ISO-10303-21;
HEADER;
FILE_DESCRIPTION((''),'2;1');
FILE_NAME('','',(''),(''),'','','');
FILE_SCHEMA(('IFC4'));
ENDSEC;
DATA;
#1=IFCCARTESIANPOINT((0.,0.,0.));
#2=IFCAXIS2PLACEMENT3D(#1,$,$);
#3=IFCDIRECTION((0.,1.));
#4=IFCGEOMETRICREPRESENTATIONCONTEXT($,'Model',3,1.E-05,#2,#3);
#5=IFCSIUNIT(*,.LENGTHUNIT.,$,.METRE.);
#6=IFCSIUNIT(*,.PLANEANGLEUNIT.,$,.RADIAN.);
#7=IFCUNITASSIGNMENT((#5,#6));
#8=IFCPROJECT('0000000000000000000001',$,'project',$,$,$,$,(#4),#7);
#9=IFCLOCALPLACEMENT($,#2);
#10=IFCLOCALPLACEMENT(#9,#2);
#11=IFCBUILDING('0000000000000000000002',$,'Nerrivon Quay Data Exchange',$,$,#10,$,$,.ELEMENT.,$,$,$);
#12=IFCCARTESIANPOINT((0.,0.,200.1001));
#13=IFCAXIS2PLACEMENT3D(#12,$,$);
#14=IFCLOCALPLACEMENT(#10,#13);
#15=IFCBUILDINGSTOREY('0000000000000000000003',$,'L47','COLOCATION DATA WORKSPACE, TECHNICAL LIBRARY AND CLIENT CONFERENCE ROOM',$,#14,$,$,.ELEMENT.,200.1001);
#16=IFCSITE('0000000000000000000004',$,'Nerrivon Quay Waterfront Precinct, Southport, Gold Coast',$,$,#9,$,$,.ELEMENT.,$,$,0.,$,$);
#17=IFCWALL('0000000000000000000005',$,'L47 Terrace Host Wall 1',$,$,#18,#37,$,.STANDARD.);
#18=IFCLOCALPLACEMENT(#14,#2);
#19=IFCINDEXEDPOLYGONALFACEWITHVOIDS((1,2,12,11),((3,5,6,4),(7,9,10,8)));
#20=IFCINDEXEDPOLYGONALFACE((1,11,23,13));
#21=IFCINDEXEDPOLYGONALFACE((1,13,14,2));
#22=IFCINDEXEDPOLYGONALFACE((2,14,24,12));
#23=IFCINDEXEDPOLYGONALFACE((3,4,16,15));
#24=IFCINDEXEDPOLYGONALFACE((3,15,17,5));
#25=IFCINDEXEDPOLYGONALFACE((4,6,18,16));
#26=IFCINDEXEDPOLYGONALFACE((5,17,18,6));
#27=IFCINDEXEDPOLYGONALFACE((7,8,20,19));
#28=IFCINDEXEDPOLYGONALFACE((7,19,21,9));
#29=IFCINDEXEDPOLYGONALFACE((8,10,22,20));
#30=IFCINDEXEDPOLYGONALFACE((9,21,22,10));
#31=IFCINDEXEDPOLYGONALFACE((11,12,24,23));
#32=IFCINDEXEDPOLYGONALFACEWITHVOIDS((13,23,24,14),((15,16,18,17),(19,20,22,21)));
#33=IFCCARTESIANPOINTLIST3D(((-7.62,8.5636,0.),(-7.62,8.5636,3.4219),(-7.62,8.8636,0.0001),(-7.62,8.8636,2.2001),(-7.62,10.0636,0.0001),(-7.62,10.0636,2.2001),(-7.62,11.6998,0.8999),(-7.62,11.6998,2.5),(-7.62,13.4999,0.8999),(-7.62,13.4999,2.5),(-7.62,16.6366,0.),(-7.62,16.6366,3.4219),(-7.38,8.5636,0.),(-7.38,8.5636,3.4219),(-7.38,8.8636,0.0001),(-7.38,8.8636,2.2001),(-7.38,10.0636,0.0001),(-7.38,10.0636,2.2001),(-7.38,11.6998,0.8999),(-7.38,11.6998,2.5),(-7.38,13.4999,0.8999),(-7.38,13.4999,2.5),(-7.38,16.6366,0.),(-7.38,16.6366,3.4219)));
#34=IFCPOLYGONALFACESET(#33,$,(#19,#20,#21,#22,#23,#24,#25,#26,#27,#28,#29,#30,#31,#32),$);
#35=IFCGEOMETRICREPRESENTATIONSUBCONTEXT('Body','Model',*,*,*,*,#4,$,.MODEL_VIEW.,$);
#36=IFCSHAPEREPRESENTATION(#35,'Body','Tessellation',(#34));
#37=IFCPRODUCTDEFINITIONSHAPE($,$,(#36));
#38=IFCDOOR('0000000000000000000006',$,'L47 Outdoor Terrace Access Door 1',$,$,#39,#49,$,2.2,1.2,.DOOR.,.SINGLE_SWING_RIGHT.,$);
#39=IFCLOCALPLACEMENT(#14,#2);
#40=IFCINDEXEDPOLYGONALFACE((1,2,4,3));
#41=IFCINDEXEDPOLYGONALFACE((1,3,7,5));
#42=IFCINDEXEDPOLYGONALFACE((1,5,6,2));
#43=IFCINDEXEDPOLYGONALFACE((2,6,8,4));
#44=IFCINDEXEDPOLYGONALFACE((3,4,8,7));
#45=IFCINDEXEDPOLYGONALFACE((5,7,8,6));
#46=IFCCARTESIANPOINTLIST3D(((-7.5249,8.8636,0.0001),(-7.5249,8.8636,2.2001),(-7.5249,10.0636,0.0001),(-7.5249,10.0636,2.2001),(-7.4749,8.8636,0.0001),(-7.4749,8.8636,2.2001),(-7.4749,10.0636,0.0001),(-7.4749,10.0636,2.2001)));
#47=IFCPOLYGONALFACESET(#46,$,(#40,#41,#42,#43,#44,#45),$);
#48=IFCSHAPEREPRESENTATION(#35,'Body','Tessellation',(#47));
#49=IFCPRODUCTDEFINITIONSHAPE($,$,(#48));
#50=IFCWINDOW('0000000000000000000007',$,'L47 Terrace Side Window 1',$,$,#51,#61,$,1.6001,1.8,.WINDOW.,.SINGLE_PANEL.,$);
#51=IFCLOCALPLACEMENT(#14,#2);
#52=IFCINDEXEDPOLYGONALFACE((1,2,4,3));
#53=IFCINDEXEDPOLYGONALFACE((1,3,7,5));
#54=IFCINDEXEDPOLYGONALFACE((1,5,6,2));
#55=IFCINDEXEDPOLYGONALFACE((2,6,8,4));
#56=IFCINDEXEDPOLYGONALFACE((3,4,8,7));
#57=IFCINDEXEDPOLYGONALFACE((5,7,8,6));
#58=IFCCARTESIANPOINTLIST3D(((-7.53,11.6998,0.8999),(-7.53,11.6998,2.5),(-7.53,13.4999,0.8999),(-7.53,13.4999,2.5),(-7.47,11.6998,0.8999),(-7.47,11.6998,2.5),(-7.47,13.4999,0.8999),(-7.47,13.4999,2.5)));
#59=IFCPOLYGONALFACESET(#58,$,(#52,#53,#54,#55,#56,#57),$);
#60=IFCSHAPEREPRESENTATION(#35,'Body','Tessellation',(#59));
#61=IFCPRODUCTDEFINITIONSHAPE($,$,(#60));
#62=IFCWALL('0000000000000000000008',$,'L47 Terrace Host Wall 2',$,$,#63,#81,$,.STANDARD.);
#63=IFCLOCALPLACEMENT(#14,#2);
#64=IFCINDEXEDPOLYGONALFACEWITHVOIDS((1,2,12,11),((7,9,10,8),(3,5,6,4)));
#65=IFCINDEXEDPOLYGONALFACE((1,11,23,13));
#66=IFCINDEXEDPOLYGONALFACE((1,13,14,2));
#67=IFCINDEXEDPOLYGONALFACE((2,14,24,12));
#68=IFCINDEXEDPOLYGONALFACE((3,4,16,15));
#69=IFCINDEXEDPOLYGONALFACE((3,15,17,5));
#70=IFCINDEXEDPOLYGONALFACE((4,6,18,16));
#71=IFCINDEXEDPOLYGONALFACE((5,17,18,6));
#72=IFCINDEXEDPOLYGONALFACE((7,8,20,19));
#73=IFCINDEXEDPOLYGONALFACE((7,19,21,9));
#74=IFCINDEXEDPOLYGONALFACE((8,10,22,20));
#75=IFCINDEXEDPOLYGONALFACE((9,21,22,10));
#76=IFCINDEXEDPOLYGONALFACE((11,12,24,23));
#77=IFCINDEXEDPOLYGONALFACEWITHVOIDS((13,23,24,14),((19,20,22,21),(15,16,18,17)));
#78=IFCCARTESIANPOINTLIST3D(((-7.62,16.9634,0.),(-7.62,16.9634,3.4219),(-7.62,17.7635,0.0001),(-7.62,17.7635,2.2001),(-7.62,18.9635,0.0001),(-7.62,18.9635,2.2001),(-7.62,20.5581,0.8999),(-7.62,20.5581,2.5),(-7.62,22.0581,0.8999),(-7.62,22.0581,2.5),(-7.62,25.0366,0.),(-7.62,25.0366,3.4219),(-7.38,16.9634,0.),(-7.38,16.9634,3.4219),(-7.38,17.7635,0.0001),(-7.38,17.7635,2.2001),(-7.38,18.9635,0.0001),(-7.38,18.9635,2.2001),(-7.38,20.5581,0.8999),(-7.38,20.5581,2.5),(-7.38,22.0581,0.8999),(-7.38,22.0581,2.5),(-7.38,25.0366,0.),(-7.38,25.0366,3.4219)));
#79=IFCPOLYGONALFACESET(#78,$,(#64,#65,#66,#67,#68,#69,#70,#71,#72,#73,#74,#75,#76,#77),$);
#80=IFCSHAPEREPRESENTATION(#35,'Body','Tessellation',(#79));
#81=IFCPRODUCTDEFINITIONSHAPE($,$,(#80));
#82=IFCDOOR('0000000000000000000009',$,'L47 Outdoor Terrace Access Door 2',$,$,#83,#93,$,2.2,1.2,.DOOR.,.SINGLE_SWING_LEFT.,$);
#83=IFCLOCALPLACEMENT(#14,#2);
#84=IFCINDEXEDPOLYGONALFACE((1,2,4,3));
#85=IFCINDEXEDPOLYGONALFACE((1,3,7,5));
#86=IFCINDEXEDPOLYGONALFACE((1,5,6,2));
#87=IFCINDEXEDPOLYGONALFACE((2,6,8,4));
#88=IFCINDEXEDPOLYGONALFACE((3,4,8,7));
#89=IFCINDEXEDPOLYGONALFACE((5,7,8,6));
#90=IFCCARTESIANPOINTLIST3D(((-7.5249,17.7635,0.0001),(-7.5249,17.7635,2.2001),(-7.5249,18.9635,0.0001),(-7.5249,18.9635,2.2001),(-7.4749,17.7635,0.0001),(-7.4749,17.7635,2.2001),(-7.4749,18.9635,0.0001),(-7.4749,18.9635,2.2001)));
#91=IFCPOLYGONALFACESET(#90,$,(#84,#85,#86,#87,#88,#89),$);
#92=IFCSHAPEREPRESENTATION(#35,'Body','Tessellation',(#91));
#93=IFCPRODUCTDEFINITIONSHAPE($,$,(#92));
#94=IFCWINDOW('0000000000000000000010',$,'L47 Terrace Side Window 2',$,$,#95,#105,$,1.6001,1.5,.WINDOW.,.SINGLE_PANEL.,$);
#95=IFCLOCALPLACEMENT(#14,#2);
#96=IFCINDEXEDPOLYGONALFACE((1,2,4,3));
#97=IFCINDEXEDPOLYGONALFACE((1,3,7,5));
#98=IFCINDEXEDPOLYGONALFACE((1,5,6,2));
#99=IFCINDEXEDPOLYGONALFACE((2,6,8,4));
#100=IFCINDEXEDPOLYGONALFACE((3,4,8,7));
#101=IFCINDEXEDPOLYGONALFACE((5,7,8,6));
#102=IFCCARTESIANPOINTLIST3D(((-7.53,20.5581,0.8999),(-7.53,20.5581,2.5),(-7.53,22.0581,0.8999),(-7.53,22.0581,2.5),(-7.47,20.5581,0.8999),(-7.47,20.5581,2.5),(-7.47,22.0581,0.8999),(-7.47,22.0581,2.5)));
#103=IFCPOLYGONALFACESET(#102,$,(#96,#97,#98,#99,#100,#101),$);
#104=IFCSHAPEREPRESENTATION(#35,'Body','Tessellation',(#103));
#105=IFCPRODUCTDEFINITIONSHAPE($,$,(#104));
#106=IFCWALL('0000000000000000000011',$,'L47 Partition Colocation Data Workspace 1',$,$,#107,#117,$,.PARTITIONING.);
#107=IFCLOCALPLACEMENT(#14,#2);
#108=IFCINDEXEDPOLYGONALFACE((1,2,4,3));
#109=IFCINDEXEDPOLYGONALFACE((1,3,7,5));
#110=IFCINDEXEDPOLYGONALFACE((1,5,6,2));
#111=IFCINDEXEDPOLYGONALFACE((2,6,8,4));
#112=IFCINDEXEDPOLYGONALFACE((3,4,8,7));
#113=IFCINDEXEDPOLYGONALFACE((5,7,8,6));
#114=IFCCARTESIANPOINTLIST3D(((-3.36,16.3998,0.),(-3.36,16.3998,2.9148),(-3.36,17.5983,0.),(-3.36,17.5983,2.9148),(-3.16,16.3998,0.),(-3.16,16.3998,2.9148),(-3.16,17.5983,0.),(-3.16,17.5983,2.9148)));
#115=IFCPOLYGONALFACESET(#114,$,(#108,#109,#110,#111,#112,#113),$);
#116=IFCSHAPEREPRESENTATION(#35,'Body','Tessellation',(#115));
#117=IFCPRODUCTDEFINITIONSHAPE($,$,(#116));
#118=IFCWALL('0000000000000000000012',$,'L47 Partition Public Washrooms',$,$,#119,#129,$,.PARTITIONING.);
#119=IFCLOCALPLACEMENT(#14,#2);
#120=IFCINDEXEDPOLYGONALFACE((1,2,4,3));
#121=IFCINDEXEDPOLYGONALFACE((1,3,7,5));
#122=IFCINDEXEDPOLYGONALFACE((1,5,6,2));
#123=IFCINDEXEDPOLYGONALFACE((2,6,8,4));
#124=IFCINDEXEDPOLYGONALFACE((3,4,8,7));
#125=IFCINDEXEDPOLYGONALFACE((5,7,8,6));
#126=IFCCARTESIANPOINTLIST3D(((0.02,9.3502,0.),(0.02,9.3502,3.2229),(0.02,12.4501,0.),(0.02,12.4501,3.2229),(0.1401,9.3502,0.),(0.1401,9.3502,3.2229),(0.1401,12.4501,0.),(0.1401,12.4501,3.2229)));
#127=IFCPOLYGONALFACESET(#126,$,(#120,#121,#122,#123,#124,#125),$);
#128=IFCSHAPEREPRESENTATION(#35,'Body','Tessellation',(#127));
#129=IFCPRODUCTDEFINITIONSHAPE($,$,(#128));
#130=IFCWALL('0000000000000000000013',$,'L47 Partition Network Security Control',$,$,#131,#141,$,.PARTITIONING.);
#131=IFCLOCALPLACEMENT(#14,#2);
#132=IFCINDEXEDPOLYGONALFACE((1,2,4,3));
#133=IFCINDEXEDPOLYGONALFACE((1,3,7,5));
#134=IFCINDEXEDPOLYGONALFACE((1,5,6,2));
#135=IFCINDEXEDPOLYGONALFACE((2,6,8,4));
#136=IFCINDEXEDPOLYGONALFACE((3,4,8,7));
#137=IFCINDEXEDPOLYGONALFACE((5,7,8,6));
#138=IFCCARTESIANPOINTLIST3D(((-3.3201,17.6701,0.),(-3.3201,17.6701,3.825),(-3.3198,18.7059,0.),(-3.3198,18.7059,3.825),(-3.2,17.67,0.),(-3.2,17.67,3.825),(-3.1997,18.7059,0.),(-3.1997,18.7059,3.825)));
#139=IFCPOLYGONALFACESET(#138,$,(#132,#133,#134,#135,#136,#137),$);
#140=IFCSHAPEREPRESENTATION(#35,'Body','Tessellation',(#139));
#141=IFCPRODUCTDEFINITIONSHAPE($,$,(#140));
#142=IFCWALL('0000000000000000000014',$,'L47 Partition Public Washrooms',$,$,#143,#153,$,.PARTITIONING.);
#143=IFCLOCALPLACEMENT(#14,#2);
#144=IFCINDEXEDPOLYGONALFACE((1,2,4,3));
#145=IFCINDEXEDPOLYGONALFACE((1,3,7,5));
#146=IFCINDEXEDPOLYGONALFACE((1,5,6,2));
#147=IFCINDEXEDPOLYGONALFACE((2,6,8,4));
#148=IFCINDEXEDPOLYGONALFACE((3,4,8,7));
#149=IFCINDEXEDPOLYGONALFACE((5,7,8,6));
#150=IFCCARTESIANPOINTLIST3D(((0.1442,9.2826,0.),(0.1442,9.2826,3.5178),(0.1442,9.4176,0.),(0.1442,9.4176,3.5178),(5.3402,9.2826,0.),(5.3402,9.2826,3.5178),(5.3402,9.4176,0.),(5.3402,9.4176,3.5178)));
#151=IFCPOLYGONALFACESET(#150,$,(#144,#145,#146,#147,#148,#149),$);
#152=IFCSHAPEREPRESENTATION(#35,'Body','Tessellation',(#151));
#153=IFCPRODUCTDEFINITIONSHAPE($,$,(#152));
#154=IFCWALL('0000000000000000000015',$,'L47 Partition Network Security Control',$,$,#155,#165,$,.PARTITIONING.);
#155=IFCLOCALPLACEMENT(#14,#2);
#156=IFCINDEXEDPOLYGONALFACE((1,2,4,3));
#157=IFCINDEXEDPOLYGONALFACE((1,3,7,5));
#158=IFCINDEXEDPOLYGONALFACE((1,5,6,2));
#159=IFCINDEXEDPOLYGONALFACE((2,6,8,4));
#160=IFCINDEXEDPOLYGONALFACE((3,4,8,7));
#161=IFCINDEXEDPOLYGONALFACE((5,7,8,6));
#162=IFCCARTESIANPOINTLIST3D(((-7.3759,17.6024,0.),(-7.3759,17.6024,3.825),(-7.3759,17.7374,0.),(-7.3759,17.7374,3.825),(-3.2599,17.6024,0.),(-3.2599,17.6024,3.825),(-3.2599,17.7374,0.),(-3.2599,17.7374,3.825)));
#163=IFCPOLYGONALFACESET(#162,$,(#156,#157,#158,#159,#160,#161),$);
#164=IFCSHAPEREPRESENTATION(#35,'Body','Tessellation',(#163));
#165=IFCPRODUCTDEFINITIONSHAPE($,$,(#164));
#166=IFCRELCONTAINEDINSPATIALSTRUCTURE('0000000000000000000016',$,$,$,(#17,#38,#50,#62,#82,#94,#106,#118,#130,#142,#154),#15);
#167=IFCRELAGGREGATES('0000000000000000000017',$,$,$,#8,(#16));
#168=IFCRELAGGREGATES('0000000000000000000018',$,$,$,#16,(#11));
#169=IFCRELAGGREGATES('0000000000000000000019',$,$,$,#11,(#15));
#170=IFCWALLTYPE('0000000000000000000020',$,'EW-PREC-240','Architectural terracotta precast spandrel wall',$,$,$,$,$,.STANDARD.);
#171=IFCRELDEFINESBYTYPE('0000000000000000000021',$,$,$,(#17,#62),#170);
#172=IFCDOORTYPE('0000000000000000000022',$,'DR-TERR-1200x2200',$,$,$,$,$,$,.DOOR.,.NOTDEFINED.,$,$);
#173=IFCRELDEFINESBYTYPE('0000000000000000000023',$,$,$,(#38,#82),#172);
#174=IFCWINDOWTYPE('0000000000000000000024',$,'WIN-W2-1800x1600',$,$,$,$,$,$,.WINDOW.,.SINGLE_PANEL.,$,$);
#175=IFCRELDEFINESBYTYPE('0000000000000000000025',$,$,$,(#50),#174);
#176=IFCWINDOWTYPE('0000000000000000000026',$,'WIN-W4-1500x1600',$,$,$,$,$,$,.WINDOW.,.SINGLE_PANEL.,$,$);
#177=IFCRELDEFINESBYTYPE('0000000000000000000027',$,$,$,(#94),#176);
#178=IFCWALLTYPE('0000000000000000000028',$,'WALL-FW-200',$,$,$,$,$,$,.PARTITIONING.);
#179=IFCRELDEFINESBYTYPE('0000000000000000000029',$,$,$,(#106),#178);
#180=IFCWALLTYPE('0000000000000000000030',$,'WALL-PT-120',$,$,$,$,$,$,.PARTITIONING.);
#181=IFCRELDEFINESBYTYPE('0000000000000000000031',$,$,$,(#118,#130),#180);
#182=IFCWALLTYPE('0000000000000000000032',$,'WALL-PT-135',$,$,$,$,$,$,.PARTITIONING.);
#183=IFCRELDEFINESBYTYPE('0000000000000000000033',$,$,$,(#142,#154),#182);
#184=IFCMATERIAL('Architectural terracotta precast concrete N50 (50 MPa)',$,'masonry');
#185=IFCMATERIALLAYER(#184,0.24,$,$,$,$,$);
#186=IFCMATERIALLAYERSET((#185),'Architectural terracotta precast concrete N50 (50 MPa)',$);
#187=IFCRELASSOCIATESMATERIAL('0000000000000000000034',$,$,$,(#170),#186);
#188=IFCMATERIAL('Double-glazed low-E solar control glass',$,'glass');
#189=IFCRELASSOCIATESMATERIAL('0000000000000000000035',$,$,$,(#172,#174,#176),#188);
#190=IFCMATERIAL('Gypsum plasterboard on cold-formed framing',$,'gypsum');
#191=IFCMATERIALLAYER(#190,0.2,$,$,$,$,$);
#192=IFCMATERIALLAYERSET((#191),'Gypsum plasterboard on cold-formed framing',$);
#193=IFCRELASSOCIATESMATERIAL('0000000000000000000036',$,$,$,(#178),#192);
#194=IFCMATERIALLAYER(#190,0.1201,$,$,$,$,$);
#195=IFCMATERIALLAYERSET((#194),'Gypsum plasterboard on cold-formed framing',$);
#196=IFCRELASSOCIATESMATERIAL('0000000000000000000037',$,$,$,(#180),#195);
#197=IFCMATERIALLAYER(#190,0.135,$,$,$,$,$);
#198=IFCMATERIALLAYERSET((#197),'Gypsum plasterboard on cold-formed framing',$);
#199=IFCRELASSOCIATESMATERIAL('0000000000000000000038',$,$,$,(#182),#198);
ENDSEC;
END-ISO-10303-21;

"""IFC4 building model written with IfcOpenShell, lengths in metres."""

from ifc_helpers import new_model, si_unit, direction, frame, frame_2d, origin, place, context, subcontext, project, spatial, rectangle, extrude, material, layer, layer_set, type_object, element, fill, save


model = new_model("IFC4")

# Units and contexts
model_context = context("Model", 3, precision=1e-05, world=origin(), true_north=direction((0.0, 1.0)))
body_context = subcontext(model_context, "Body", "Model", "MODEL_VIEW")
ifc_project = project(units=[si_unit("LENGTHUNIT", "METRE"), si_unit("PLANEANGLEUNIT", "RADIAN")], contexts=[model_context])

# Site, building, storey
site_placement = place(None, origin())
site = spatial("IfcSite", under=ifc_project, at=site_placement, Name="Nerrivon Quay Waterfront Precinct, Southport, Gold Coast", CompositionType="ELEMENT", RefElevation=0.0)
building_placement = place(site_placement, origin())
building = spatial("IfcBuilding", under=site, at=building_placement, Name="Nerrivon Quay Data Exchange", CompositionType="ELEMENT")
storey_placement = place(building_placement, frame((0.0, 0.0, 200.1001)))
storey = spatial("IfcBuildingStorey", under=building, at=storey_placement, Name="L47", Description="COLOCATION DATA WORKSPACE, TECHNICAL LIBRARY AND CLIENT CONFERENCE ROOM", CompositionType="ELEMENT", Elevation=200.1001)

# Walls, openings, doors, windows
ifc_material_1 = material(Name="Architectural terracotta precast concrete N50 (50 MPa)", Category="masonry")
ifc_layer_1 = layer(ifc_material_1, 0.24)
ifc_layer_set_1 = layer_set([ifc_layer_1], Name="Architectural terracotta precast concrete N50 (50 MPa)")
wall_type_1 = type_object("IfcWallType", Name="EW-PREC-240", Description="Architectural terracotta precast spandrel wall", PredefinedType="STANDARD", material=ifc_layer_set_1)
wall_1_placement = place(storey_placement, frame((-7.5, 8.5635, 0.0), z_axis=(0.0, 0.0, 1.0), x_axis=(0.0, 1.0, 0.0)))
wall_1 = element("IfcWall", 1, at=wall_1_placement, inside=storey, type_object=wall_type_1, Name="L47 Terrace Host Wall 1", PredefinedType="STANDARD", context=body_context, shape_type="SweptSolid", body=[
    extrude(rectangle(XDim=8.073, YDim=0.24, at=frame_2d((4.0366, 0.0))), origin(), (0.0, 0.0, 1.0), 3.4219),
])
opening_1_placement = place(wall_1_placement, frame((0.3, 0.0, 0.0)))
opening_1 = element("IfcOpeningElement", 2, at=opening_1_placement, cuts=wall_1, PredefinedType="OPENING", context=body_context, shape_type="SweptSolid", body=[
    extrude(rectangle(XDim=1.2, YDim=2.2, at=frame_2d((0.6001, 1.1001))), frame((0.0, 0.1299, 0.0), z_axis=(0.0, -1.0, 0.0), x_axis=(1.0, 0.0, 0.0)), (0.0, 0.0, 1.0), 0.26),
])
opening_2_placement = place(wall_1_placement, frame((3.1365, 0.0, 0.8999)))
opening_2 = element("IfcOpeningElement", 3, at=opening_2_placement, cuts=wall_1, PredefinedType="OPENING", context=body_context, shape_type="SweptSolid", body=[
    extrude(rectangle(XDim=1.8, YDim=1.6001, at=frame_2d((0.8999, 0.8))), frame((0.0, 0.1299, 0.0), z_axis=(0.0, -1.0, 0.0), x_axis=(1.0, 0.0, 0.0)), (0.0, 0.0, 1.0), 0.26),
])
ifc_material_2 = material(Name="Double-glazed low-E solar control glass", Category="glass")
door_type = type_object("IfcDoorType", Name="DR-TERR-1200x2200", OperationType="NOTDEFINED", PredefinedType="DOOR", material=ifc_material_2)
door_1_placement = place(opening_1_placement, origin())
door_1 = element("IfcDoor", 4, at=door_1_placement, inside=storey, type_object=door_type, Name="L47 Outdoor Terrace Access Door 1", OperationType="SINGLE_SWING_RIGHT", OverallHeight=2.2, OverallWidth=1.2, PredefinedType="DOOR", context=body_context, shape_type="SweptSolid", body=[
    extrude(rectangle(XDim=1.2, YDim=2.2, at=frame_2d((0.6001, 1.1001))), frame((0.0, 0.0249, 0.0), z_axis=(0.0, -1.0, 0.0), x_axis=(1.0, 0.0, 0.0)), (0.0, 0.0, 1.0), 0.05),
])
fill(opening_1, door_1)
window_type_1 = type_object("IfcWindowType", Name="WIN-W2-1800x1600", PartitioningType="SINGLE_PANEL", PredefinedType="WINDOW", material=ifc_material_2)
window_1_placement = place(opening_2_placement, origin())
window_1 = element("IfcWindow", 5, at=window_1_placement, inside=storey, type_object=window_type_1, Name="L47 Terrace Side Window 1", OverallHeight=1.6001, OverallWidth=1.8, PartitioningType="SINGLE_PANEL", PredefinedType="WINDOW", context=body_context, shape_type="SweptSolid", body=[
    extrude(rectangle(XDim=1.8, YDim=1.6001, at=frame_2d((0.8999, 0.8))), frame((0.0, 0.03, 0.0), z_axis=(0.0, -1.0, 0.0), x_axis=(1.0, 0.0, 0.0)), (0.0, 0.0, 1.0), 0.0601),
])
fill(opening_2, window_1)
wall_2_placement = place(storey_placement, frame((-7.5, 16.9634, 0.0), z_axis=(0.0, 0.0, 1.0), x_axis=(0.0, 1.0, 0.0)))
wall_2 = element("IfcWall", 6, at=wall_2_placement, inside=storey, type_object=wall_type_1, Name="L47 Terrace Host Wall 2", PredefinedType="STANDARD", context=body_context, shape_type="SweptSolid", body=[
    extrude(rectangle(XDim=8.0732, YDim=0.24, at=frame_2d((4.0366, 0.0))), origin(), (0.0, 0.0, 1.0), 3.4219),
])
opening_3_placement = place(wall_2_placement, frame((0.8, 0.0, 0.0)))
opening_3 = element("IfcOpeningElement", 7, at=opening_3_placement, cuts=wall_2, PredefinedType="OPENING", context=body_context, shape_type="SweptSolid", body=[
    extrude(rectangle(XDim=1.2, YDim=2.2, at=frame_2d((0.6001, 1.1001))), frame((0.0, 0.1299, 0.0), z_axis=(0.0, -1.0, 0.0), x_axis=(1.0, 0.0, 0.0)), (0.0, 0.0, 1.0), 0.26),
])
opening_4_placement = place(wall_2_placement, frame((3.5947, 0.0, 0.8999)))
opening_4 = element("IfcOpeningElement", 8, at=opening_4_placement, cuts=wall_2, PredefinedType="OPENING", context=body_context, shape_type="SweptSolid", body=[
    extrude(rectangle(XDim=1.5, YDim=1.6001, at=frame_2d((0.75, 0.8))), frame((0.0, 0.1299, 0.0), z_axis=(0.0, -1.0, 0.0), x_axis=(1.0, 0.0, 0.0)), (0.0, 0.0, 1.0), 0.26),
])
door_2_placement = place(opening_3_placement, origin())
door_2 = element("IfcDoor", 9, at=door_2_placement, inside=storey, type_object=door_type, Name="L47 Outdoor Terrace Access Door 2", OperationType="SINGLE_SWING_LEFT", OverallHeight=2.2, OverallWidth=1.2, PredefinedType="DOOR", context=body_context, shape_type="SweptSolid", body=[
    extrude(rectangle(XDim=1.2, YDim=2.2, at=frame_2d((0.6001, 1.1001))), frame((0.0, 0.0249, 0.0), z_axis=(0.0, -1.0, 0.0), x_axis=(1.0, 0.0, 0.0)), (0.0, 0.0, 1.0), 0.05),
])
fill(opening_3, door_2)
window_type_2 = type_object("IfcWindowType", Name="WIN-W4-1500x1600", PartitioningType="SINGLE_PANEL", PredefinedType="WINDOW", material=ifc_material_2)
window_2_placement = place(opening_4_placement, origin())
window_2 = element("IfcWindow", 10, at=window_2_placement, inside=storey, type_object=window_type_2, Name="L47 Terrace Side Window 2", OverallHeight=1.6001, OverallWidth=1.5, PartitioningType="SINGLE_PANEL", PredefinedType="WINDOW", context=body_context, shape_type="SweptSolid", body=[
    extrude(rectangle(XDim=1.5, YDim=1.6001, at=frame_2d((0.75, 0.8))), frame((0.0, 0.03, 0.0), z_axis=(0.0, -1.0, 0.0), x_axis=(1.0, 0.0, 0.0)), (0.0, 0.0, 1.0), 0.0601),
])
fill(opening_4, window_2)

# Walls
ifc_material_3 = material(Name="Gypsum plasterboard on cold-formed framing", Category="gypsum")
ifc_layer_2 = layer(ifc_material_3, 0.2)
ifc_layer_set_2 = layer_set([ifc_layer_2], Name="Gypsum plasterboard on cold-formed framing")
wall_type_2 = type_object("IfcWallType", Name="WALL-FW-200", PredefinedType="PARTITIONING", material=ifc_layer_set_2)
wall_3_placement = place(storey_placement, frame((-3.26, 16.3999, 0.0), z_axis=(0.0, 0.0, 1.0), x_axis=(0.0, 1.0, 0.0)))
element("IfcWall", 11, at=wall_3_placement, inside=storey, type_object=wall_type_2, Name="L47 Partition Colocation Data Workspace 1", PredefinedType="PARTITIONING", context=body_context, shape_type="SweptSolid", body=[
    extrude(rectangle(XDim=1.1985, YDim=0.2, at=frame_2d((0.5991, 0.0))), origin(), (0.0, 0.0, 1.0), 2.9148),
])
ifc_layer_3 = layer(ifc_material_3, 0.1201)
ifc_layer_set_3 = layer_set([ifc_layer_3], Name="Gypsum plasterboard on cold-formed framing")
wall_type_3 = type_object("IfcWallType", Name="WALL-PT-120", PredefinedType="PARTITIONING", material=ifc_layer_set_3)
wall_4_placement = place(storey_placement, frame((0.0801, 12.45, 0.0), z_axis=(0.0, 0.0, 1.0), x_axis=(0.0, -1.0, 0.0)))
element("IfcWall", 12, at=wall_4_placement, inside=storey, type_object=wall_type_3, Name="L47 Partition Public Washrooms", PredefinedType="PARTITIONING", context=body_context, shape_type="SweptSolid", body=[
    extrude(rectangle(XDim=3.0999, YDim=0.1201, at=frame_2d((1.5498, 0.0))), origin(), (0.0, 0.0, 1.0), 3.2229),
])
wall_5_placement = place(storey_placement, frame((-3.26, 17.6699, 0.0), z_axis=(0.0, 0.0, 1.0), x_axis=(0.000236, 1.0, 0.0)))
element("IfcWall", 13, at=wall_5_placement, inside=storey, type_object=wall_type_3, Name="L47 Partition Network Security Control", PredefinedType="PARTITIONING", context=body_context, shape_type="SweptSolid", body=[
    extrude(rectangle(XDim=1.0359, YDim=0.1201, at=frame_2d((0.5181, 0.0))), origin(), (0.0, 0.0, 1.0), 3.825),
])
ifc_layer_4 = layer(ifc_material_3, 0.135)
ifc_layer_set_4 = layer_set([ifc_layer_4], Name="Gypsum plasterboard on cold-formed framing")
wall_type_4 = type_object("IfcWallType", Name="WALL-PT-135", PredefinedType="PARTITIONING", material=ifc_layer_set_4)
wall_6_placement = place(storey_placement, frame((0.144, 9.3501, 0.0), z_axis=(0.0, 0.0, 1.0), x_axis=(1.0, 0.0, 0.0)))
element("IfcWall", 14, at=wall_6_placement, inside=storey, type_object=wall_type_4, Name="L47 Partition Public Washrooms", PredefinedType="PARTITIONING", context=body_context, shape_type="SweptSolid", body=[
    extrude(rectangle(XDim=5.196, YDim=0.135, at=frame_2d((2.5981, 0.0))), origin(), (0.0, 0.0, 1.0), 3.5178),
])
wall_7_placement = place(storey_placement, frame((-7.376, 17.6699, 0.0), z_axis=(0.0, 0.0, 1.0), x_axis=(1.0, 0.0, 0.0)))
element("IfcWall", 15, at=wall_7_placement, inside=storey, type_object=wall_type_4, Name="L47 Partition Network Security Control", PredefinedType="PARTITIONING", context=body_context, shape_type="SweptSolid", body=[
    extrude(rectangle(XDim=4.116, YDim=0.135, at=frame_2d((2.0581, 0.0))), origin(), (0.0, 0.0, 1.0), 3.825),
])

save(model, "model.ifc")
